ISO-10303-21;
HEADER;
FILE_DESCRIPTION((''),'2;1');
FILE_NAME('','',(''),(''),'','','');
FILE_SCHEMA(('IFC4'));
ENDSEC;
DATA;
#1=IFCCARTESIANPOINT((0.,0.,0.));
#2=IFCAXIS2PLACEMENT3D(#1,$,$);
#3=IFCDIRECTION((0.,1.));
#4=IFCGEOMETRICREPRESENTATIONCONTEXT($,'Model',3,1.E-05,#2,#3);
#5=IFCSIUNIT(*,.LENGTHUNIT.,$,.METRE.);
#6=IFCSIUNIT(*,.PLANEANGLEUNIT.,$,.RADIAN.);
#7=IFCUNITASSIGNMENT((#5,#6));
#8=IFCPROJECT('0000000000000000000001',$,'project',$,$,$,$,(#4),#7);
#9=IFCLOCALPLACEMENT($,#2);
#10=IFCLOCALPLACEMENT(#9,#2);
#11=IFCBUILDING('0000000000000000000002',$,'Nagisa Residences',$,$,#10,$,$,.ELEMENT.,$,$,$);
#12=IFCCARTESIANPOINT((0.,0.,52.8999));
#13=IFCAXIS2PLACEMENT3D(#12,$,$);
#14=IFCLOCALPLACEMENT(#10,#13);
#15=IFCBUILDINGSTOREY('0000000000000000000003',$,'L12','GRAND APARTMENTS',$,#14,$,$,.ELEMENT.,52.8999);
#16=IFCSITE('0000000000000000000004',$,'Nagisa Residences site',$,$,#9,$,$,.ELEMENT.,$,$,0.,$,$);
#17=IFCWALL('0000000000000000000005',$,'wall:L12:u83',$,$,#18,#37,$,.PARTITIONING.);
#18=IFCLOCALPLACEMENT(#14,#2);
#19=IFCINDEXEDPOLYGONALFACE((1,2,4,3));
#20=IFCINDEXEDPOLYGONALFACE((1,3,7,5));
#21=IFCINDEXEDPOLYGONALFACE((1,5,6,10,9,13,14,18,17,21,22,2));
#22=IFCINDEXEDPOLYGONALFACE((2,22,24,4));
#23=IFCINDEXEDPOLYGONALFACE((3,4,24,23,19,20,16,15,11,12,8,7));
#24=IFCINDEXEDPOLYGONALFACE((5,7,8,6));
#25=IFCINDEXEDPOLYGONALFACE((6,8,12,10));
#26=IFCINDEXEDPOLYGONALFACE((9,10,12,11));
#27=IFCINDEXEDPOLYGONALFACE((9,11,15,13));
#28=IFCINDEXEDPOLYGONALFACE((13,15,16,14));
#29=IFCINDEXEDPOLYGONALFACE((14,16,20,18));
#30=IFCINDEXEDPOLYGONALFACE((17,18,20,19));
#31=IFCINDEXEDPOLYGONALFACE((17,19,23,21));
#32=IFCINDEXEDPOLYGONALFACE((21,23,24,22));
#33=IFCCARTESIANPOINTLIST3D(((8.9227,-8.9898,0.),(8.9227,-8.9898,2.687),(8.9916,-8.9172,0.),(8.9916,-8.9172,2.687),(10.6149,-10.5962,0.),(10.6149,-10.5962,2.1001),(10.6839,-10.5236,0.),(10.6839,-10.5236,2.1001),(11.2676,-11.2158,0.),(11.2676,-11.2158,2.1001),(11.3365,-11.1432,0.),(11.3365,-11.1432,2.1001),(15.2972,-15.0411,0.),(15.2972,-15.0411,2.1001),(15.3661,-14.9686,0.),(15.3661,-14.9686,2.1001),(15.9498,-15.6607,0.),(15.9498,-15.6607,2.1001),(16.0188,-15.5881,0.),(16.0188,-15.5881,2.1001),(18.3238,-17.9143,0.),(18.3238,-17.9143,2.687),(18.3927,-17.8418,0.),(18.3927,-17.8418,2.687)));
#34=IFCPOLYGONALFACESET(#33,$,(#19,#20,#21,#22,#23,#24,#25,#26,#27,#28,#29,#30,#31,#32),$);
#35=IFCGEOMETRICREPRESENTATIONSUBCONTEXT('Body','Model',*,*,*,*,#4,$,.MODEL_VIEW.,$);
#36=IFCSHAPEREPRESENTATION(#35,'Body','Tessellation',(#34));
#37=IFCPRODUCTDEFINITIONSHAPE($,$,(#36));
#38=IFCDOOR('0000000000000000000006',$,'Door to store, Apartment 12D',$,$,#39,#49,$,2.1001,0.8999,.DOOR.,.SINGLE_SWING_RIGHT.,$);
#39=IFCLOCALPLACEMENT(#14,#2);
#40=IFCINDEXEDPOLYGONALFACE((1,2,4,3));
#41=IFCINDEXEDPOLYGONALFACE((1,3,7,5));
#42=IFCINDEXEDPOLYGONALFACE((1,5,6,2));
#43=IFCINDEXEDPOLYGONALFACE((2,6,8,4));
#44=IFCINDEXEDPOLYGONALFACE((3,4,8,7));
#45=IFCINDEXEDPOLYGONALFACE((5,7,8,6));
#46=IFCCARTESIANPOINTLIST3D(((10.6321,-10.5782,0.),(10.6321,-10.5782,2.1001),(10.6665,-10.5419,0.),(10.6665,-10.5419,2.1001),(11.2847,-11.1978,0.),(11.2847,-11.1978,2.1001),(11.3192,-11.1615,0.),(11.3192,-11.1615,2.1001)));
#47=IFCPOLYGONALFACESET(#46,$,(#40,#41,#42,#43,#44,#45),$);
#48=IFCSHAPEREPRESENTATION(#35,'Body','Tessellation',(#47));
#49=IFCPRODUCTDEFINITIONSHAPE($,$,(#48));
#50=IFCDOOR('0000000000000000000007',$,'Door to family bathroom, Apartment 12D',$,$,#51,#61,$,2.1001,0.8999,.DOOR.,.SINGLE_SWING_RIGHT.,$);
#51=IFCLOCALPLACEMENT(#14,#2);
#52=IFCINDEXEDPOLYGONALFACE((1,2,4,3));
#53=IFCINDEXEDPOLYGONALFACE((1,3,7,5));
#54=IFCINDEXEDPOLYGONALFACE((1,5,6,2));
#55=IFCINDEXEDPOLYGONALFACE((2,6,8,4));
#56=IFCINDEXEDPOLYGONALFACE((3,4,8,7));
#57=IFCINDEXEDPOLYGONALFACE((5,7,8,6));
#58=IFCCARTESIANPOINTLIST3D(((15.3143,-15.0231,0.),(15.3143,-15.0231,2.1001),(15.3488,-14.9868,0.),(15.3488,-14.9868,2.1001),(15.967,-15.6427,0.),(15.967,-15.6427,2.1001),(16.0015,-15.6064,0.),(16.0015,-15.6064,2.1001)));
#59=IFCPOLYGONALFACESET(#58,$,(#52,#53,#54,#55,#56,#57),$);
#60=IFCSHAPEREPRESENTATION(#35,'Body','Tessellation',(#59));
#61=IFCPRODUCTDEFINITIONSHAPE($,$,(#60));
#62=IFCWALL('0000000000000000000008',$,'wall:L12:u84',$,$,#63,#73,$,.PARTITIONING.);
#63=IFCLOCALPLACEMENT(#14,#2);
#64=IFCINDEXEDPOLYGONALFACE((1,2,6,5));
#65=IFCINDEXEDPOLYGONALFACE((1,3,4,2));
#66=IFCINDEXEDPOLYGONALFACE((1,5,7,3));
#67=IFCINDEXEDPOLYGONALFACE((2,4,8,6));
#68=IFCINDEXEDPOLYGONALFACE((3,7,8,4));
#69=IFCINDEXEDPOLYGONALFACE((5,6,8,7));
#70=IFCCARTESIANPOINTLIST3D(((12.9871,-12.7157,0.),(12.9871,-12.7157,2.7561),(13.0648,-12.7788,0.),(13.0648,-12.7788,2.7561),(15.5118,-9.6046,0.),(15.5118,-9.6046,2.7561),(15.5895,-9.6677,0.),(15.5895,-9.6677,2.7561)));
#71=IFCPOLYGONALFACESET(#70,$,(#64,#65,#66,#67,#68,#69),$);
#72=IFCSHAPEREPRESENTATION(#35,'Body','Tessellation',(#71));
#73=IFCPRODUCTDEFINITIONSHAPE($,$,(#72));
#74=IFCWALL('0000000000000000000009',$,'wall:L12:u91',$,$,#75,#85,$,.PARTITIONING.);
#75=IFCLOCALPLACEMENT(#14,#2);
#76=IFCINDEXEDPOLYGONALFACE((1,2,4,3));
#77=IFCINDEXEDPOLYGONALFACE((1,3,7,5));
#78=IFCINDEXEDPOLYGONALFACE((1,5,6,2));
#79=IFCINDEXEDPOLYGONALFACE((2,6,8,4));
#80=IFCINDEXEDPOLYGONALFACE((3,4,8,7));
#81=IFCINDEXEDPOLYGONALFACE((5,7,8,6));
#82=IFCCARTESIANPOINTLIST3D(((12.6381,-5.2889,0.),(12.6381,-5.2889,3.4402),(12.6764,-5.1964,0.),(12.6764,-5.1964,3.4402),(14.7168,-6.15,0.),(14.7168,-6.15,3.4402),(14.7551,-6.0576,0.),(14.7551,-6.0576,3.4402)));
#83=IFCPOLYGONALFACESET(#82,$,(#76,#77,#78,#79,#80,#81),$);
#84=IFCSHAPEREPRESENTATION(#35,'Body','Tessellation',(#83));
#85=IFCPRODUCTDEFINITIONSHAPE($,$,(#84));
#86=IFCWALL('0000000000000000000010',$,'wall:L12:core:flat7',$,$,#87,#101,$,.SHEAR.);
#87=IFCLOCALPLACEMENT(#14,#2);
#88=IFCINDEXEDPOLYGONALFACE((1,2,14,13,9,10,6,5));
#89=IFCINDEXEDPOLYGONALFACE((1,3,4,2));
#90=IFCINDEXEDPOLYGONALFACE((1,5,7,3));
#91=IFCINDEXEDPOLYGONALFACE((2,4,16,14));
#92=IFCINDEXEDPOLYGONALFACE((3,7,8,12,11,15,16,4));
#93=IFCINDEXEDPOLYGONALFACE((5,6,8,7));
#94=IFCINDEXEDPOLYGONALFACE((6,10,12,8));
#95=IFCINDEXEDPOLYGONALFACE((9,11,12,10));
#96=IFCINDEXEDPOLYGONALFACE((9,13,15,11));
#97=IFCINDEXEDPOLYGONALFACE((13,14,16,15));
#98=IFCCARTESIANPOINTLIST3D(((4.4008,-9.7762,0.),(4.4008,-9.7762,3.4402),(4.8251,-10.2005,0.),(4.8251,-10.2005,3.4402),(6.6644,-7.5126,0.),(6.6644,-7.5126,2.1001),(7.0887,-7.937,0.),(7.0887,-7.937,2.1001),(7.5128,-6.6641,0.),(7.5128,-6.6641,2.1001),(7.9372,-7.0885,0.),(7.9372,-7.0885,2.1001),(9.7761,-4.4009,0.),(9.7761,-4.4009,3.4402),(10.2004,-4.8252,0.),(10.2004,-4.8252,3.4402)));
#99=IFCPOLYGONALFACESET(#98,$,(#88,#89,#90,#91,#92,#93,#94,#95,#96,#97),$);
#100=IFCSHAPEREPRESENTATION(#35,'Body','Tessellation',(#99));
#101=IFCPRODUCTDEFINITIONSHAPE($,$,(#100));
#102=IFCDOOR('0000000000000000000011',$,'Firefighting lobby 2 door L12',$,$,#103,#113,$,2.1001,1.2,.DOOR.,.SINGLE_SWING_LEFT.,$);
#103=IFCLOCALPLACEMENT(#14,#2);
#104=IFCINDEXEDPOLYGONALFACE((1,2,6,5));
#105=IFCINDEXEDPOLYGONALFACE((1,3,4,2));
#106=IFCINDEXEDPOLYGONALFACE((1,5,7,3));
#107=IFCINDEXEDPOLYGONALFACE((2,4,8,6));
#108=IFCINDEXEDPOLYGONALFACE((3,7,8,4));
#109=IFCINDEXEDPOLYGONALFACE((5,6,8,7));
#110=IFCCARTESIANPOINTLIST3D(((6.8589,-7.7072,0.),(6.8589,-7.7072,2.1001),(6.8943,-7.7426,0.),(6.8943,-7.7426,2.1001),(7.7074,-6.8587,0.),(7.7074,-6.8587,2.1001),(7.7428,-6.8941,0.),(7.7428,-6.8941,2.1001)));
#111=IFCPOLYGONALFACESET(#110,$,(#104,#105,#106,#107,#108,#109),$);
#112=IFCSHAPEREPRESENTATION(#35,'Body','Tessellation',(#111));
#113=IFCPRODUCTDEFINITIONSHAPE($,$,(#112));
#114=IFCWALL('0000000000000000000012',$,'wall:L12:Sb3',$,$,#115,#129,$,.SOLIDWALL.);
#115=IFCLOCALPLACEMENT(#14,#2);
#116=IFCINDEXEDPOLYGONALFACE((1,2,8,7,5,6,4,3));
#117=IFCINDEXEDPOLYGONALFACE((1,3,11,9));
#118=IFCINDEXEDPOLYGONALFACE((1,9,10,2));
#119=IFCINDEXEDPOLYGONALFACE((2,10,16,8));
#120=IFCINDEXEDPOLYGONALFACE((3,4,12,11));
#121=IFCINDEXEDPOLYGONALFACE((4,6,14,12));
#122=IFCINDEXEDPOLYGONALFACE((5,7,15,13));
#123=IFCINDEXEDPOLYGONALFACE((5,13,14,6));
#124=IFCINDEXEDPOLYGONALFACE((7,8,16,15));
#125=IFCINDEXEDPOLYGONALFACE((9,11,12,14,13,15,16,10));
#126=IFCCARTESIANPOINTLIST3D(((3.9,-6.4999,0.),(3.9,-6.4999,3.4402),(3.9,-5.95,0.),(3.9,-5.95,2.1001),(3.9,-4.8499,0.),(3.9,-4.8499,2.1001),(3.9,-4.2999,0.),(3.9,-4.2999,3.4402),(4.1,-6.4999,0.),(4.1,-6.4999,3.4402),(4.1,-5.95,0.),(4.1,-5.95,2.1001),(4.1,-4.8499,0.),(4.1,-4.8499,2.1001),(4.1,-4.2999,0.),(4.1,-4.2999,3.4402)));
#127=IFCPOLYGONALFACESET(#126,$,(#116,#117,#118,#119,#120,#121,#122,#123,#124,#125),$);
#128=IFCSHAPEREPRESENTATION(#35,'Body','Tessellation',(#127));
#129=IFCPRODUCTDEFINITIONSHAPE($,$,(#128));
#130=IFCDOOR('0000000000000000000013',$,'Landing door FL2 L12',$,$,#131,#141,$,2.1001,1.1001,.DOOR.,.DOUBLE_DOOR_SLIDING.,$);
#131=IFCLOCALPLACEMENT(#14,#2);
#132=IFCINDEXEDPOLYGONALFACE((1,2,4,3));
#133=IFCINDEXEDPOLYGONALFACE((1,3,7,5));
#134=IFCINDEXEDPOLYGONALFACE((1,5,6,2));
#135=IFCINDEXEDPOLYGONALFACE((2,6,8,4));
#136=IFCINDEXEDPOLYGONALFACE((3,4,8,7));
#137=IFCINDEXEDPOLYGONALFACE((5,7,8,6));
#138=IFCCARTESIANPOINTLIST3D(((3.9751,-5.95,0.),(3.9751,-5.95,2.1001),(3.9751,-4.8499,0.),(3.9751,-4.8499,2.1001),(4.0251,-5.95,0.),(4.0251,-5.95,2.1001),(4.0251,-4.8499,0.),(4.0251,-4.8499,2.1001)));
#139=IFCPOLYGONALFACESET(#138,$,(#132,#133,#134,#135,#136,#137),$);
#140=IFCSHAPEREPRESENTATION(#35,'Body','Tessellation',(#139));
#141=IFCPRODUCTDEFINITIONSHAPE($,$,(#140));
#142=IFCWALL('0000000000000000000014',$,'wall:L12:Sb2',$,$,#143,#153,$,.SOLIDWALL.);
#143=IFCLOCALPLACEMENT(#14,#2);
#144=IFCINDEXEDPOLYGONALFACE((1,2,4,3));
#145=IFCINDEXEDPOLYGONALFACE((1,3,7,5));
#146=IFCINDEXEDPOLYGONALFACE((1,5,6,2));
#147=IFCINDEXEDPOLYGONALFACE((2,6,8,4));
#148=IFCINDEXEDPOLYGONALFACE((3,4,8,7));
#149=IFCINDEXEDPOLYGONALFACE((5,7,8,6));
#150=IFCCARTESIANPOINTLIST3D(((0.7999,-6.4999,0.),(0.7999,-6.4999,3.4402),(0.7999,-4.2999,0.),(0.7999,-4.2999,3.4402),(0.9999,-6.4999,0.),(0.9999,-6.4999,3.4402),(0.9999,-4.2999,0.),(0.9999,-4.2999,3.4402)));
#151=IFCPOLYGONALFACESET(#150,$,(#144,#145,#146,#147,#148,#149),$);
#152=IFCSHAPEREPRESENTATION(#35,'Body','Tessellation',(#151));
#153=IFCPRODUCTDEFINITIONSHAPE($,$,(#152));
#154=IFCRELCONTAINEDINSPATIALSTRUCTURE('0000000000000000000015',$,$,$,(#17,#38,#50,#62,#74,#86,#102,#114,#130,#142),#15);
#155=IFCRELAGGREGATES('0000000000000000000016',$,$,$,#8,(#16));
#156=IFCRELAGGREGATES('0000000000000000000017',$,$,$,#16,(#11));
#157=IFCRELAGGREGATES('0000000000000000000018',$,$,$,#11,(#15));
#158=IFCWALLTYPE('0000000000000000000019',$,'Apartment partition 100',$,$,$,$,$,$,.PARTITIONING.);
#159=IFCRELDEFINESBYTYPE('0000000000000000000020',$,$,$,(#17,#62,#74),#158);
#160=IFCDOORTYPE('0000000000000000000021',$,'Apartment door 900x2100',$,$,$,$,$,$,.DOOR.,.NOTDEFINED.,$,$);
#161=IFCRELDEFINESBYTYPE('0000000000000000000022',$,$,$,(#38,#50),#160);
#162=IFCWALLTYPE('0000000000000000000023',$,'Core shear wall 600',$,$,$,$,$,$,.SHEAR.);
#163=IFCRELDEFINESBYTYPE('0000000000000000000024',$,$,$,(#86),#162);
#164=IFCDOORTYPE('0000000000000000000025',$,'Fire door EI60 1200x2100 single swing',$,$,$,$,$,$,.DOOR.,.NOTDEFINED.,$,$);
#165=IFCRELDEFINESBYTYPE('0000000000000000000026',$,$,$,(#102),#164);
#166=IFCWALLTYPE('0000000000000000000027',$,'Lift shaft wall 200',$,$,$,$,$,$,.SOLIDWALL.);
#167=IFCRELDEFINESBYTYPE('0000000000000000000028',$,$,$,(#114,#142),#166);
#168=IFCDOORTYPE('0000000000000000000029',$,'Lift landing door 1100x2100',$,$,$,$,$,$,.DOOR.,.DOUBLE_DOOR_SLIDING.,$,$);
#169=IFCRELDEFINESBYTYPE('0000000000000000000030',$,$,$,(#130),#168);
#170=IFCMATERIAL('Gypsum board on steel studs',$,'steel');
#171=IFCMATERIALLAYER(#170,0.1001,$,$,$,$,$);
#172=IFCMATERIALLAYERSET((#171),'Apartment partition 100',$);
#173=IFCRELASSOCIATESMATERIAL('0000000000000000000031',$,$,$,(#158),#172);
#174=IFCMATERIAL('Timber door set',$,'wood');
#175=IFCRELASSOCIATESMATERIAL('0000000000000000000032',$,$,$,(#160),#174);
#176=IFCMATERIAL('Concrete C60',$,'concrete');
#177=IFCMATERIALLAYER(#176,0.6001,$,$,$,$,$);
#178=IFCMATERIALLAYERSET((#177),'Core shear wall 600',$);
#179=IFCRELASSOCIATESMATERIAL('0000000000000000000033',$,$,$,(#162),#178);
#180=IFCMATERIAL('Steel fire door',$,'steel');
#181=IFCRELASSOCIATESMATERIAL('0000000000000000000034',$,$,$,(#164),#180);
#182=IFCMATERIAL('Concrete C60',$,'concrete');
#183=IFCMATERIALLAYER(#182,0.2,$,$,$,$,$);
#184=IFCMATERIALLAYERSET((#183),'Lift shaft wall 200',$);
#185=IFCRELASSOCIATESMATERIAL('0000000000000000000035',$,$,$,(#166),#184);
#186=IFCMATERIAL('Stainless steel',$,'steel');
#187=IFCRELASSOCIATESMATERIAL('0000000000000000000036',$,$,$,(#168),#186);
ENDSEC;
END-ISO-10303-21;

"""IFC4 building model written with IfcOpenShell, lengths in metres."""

from ifc_helpers import new_model, si_unit, direction, frame, frame_2d, origin, place, context, subcontext, project, spatial, rectangle, extrude, material, layer, layer_set, type_object, element, fill, save


model = new_model("IFC4")

# Units and contexts
model_context = context("Model", 3, precision=1e-05, world=origin(), true_north=direction((0.0, 1.0)))
body_context = subcontext(model_context, "Body", "Model", "MODEL_VIEW")
ifc_project = project(units=[si_unit("LENGTHUNIT", "METRE"), si_unit("PLANEANGLEUNIT", "RADIAN")], contexts=[model_context])

# Site, building, storey
site_placement = place(None, origin())
site = spatial("IfcSite", under=ifc_project, at=site_placement, Name="Nagisa Residences site", CompositionType="ELEMENT", RefElevation=0.0)
building_placement = place(site_placement, origin())
building = spatial("IfcBuilding", under=site, at=building_placement, Name="Nagisa Residences", CompositionType="ELEMENT")
storey_placement = place(building_placement, frame((0.0, 0.0, 52.8999)))
storey = spatial("IfcBuildingStorey", under=building, at=storey_placement, Name="L12", Description="GRAND APARTMENTS", CompositionType="ELEMENT", Elevation=52.8999)

# Wall, openings, doors
ifc_material_1 = material(Name="Gypsum board on steel studs", Category="steel")
ifc_layer_1 = layer(ifc_material_1, 0.1001)
ifc_layer_set_1 = layer_set([ifc_layer_1], Name="Apartment partition 100")
wall_type_1 = type_object("IfcWallType", Name="Apartment partition 100", PredefinedType="PARTITIONING", material=ifc_layer_set_1)
ifc_material_2 = material(Name="Timber door set", Category="wood")
door_type_1 = type_object("IfcDoorType", Name="Apartment door 900x2100", OperationType="NOTDEFINED", PredefinedType="DOOR", material=ifc_material_2)
wall_1_placement = place(storey_placement, frame((8.957, -8.9534, 0.0), z_axis=(0.0, 0.0, 1.0), x_axis=(0.72525, -0.688486, 0.0)))
wall_1 = element("IfcWall", 1, at=wall_1_placement, inside=storey, type_object=wall_type_1, Name="wall:L12:u83", PredefinedType="PARTITIONING", context=body_context, shape_type="SweptSolid", body=[
    extrude(rectangle(XDim=12.9626, YDim=0.1001, at=frame_2d((6.4814, 0.0))), origin(), (0.0, 0.0, 1.0), 2.687),
])
opening_1_placement = place(wall_1_placement, frame((2.3335, 0.0, 0.0)))
opening_1 = element("IfcOpeningElement", 2, at=opening_1_placement, cuts=wall_1, PredefinedType="OPENING", context=body_context, shape_type="SweptSolid", body=[
    extrude(rectangle(XDim=0.8999, YDim=2.1001, at=frame_2d((0.45, 1.05))), frame((0.0, 0.0601, 0.0), z_axis=(0.0, -1.0, 0.0), x_axis=(1.0, 0.0, 0.0)), (0.0, 0.0, 1.0), 0.1201),
])
opening_2_placement = place(wall_1_placement, frame((8.7896, 0.0, 0.0)))
opening_2 = element("IfcOpeningElement", 3, at=opening_2_placement, cuts=wall_1, PredefinedType="OPENING", context=body_context, shape_type="SweptSolid", body=[
    extrude(rectangle(XDim=0.8999, YDim=2.1001, at=frame_2d((0.45, 1.05))), frame((0.0, 0.0601, 0.0), z_axis=(0.0, -1.0, 0.0), x_axis=(1.0, 0.0, 0.0)), (0.0, 0.0, 1.0), 0.1201),
])
door_1_placement = place(opening_1_placement, origin())
door_1 = element("IfcDoor", 4, at=door_1_placement, inside=storey, type_object=door_type_1, Name="Door to store, Apartment 12D", OperationType="SINGLE_SWING_RIGHT", OverallHeight=2.1001, OverallWidth=0.8999, PredefinedType="DOOR", context=body_context, shape_type="SweptSolid", body=[
    extrude(rectangle(XDim=0.8999, YDim=2.1001, at=frame_2d((0.45, 1.05))), frame((0.0, 0.0249, 0.0), z_axis=(0.0, -1.0, 0.0), x_axis=(1.0, 0.0, 0.0)), (0.0, 0.0, 1.0), 0.05),
])
fill(opening_1, door_1)
door_2_placement = place(opening_2_placement, origin())
door_2 = element("IfcDoor", 5, at=door_2_placement, inside=storey, type_object=door_type_1, Name="Door to family bathroom, Apartment 12D", OperationType="SINGLE_SWING_RIGHT", OverallHeight=2.1001, OverallWidth=0.8999, PredefinedType="DOOR", context=body_context, shape_type="SweptSolid", body=[
    extrude(rectangle(XDim=0.8999, YDim=2.1001, at=frame_2d((0.45, 1.05))), frame((0.0, 0.0249, 0.0), z_axis=(0.0, -1.0, 0.0), x_axis=(1.0, 0.0, 0.0)), (0.0, 0.0, 1.0), 0.05),
])
fill(opening_2, door_2)

# Walls
wall_2_placement = place(storey_placement, frame((13.0259, -12.7473, 0.0), z_axis=(0.0, 0.0, 1.0), x_axis=(0.630127, 0.776492, 0.0)))
element("IfcWall", 6, at=wall_2_placement, inside=storey, type_object=wall_type_1, Name="wall:L12:u84", PredefinedType="PARTITIONING", context=body_context, shape_type="SweptSolid", body=[
    extrude(rectangle(XDim=4.0066, YDim=0.1001, at=frame_2d((2.0034, 0.0))), origin(), (0.0, 0.0, 1.0), 2.7561),
])
wall_3_placement = place(storey_placement, frame((12.6572, -5.2427, 0.0), z_axis=(0.0, 0.0, 1.0), x_axis=(0.923865, -0.382719, 0.0)))
element("IfcWall", 7, at=wall_3_placement, inside=storey, type_object=wall_type_1, Name="wall:L12:u91", PredefinedType="PARTITIONING", context=body_context, shape_type="SweptSolid", body=[
    extrude(rectangle(XDim=2.25, YDim=0.1001, at=frame_2d((1.125, 0.0))), origin(), (0.0, 0.0, 1.0), 3.4402),
])

# Walls, openings, doors
ifc_material_3 = material(Name="Concrete C60", Category="concrete")
ifc_layer_2 = layer(ifc_material_3, 0.6001)
ifc_layer_set_2 = layer_set([ifc_layer_2], Name="Core shear wall 600")
wall_type_2 = type_object("IfcWallType", Name="Core shear wall 600", PredefinedType="SHEAR", material=ifc_layer_set_2)
wall_4_placement = place(storey_placement, frame((4.613, -9.9883, 0.0), z_axis=(0.0, 0.0, 1.0), x_axis=(0.707107, 0.707107, 0.0)))
wall_4 = element("IfcWall", 8, at=wall_4_placement, inside=storey, type_object=wall_type_2, Name="wall:L12:core:flat7", PredefinedType="SHEAR", context=body_context, shape_type="SweptSolid", body=[
    extrude(rectangle(XDim=7.6018, YDim=0.6001, at=frame_2d((3.8008, 0.0))), origin(), (0.0, 0.0, 1.0), 3.4402),
])
opening_3_placement = place(wall_4_placement, frame((3.2009, 0.0, 0.0)))
opening_3 = element("IfcOpeningElement", 9, at=opening_3_placement, cuts=wall_4, PredefinedType="OPENING", context=body_context, shape_type="SweptSolid", body=[
    extrude(rectangle(XDim=1.2, YDim=2.1001, at=frame_2d((0.6001, 1.05))), frame((0.0, 0.3101, 0.0), z_axis=(0.0, -1.0, 0.0), x_axis=(1.0, 0.0, 0.0)), (0.0, 0.0, 1.0), 0.6201),
])
ifc_material_4 = material(Name="Steel fire door", Category="steel")
door_type_2 = type_object("IfcDoorType", Name="Fire door EI60 1200x2100 single swing", OperationType="NOTDEFINED", PredefinedType="DOOR", material=ifc_material_4)
door_3_placement = place(opening_3_placement, origin())
door_3 = element("IfcDoor", 10, at=door_3_placement, inside=storey, type_object=door_type_2, Name="Firefighting lobby 2 door L12", OperationType="SINGLE_SWING_LEFT", OverallHeight=2.1001, OverallWidth=1.2, PredefinedType="DOOR", context=body_context, shape_type="SweptSolid", body=[
    extrude(rectangle(XDim=1.2, YDim=2.1001, at=frame_2d((0.6001, 1.05))), frame((0.0, 0.0249, 0.0), z_axis=(0.0, -1.0, 0.0), x_axis=(1.0, 0.0, 0.0)), (0.0, 0.0, 1.0), 0.05),
])
fill(opening_3, door_3)
ifc_material_5 = material(Name="Concrete C60", Category="concrete")
ifc_layer_3 = layer(ifc_material_5, 0.2)
ifc_layer_set_3 = layer_set([ifc_layer_3], Name="Lift shaft wall 200")
wall_type_3 = type_object("IfcWallType", Name="Lift shaft wall 200", PredefinedType="SOLIDWALL", material=ifc_layer_set_3)
wall_5_placement = place(storey_placement, frame((4.0, -6.5, 0.0), z_axis=(0.0, 0.0, 1.0), x_axis=(0.0, 1.0, 0.0)))
wall_5 = element("IfcWall", 11, at=wall_5_placement, inside=storey, type_object=wall_type_3, Name="wall:L12:Sb3", PredefinedType="SOLIDWALL", context=body_context, shape_type="SweptSolid", body=[
    extrude(rectangle(XDim=2.2, YDim=0.2, at=frame_2d((1.1001, 0.0))), origin(), (0.0, 0.0, 1.0), 3.4402),
])
opening_4_placement = place(wall_5_placement, frame((0.55, 0.0, 0.0)))
opening_4 = element("IfcOpeningElement", 12, at=opening_4_placement, cuts=wall_5, PredefinedType="OPENING", context=body_context, shape_type="SweptSolid", body=[
    extrude(rectangle(XDim=1.1001, YDim=2.1001, at=frame_2d((0.55, 1.05))), frame((0.0, 0.1099, 0.0), z_axis=(0.0, -1.0, 0.0), x_axis=(1.0, 0.0, 0.0)), (0.0, 0.0, 1.0), 0.22),
])
ifc_material_6 = material(Name="Stainless steel", Category="steel")
door_type_3 = type_object("IfcDoorType", Name="Lift landing door 1100x2100", OperationType="DOUBLE_DOOR_SLIDING", PredefinedType="DOOR", material=ifc_material_6)
door_4_placement = place(opening_4_placement, origin())
door_4 = element("IfcDoor", 13, at=door_4_placement, inside=storey, type_object=door_type_3, Name="Landing door FL2 L12", OperationType="DOUBLE_DOOR_SLIDING", OverallHeight=2.1001, OverallWidth=1.1001, PredefinedType="DOOR", context=body_context, shape_type="SweptSolid", body=[
    extrude(rectangle(XDim=1.1001, YDim=2.1001, at=frame_2d((0.55, 1.05))), frame((0.0, 0.0249, 0.0), z_axis=(0.0, -1.0, 0.0), x_axis=(1.0, 0.0, 0.0)), (0.0, 0.0, 1.0), 0.05),
])
fill(opening_4, door_4)

# Wall
wall_6_placement = place(storey_placement, frame((0.8999, -6.5, 0.0), z_axis=(0.0, 0.0, 1.0), x_axis=(0.0, 1.0, 0.0)))
element("IfcWall", 14, at=wall_6_placement, inside=storey, type_object=wall_type_3, Name="wall:L12:Sb2", PredefinedType="SOLIDWALL", context=body_context, shape_type="SweptSolid", body=[
    extrude(rectangle(XDim=2.2, YDim=0.2, at=frame_2d((1.1001, 0.0))), origin(), (0.0, 0.0, 1.0), 3.4402),
])

save(model, "model.ifc")
